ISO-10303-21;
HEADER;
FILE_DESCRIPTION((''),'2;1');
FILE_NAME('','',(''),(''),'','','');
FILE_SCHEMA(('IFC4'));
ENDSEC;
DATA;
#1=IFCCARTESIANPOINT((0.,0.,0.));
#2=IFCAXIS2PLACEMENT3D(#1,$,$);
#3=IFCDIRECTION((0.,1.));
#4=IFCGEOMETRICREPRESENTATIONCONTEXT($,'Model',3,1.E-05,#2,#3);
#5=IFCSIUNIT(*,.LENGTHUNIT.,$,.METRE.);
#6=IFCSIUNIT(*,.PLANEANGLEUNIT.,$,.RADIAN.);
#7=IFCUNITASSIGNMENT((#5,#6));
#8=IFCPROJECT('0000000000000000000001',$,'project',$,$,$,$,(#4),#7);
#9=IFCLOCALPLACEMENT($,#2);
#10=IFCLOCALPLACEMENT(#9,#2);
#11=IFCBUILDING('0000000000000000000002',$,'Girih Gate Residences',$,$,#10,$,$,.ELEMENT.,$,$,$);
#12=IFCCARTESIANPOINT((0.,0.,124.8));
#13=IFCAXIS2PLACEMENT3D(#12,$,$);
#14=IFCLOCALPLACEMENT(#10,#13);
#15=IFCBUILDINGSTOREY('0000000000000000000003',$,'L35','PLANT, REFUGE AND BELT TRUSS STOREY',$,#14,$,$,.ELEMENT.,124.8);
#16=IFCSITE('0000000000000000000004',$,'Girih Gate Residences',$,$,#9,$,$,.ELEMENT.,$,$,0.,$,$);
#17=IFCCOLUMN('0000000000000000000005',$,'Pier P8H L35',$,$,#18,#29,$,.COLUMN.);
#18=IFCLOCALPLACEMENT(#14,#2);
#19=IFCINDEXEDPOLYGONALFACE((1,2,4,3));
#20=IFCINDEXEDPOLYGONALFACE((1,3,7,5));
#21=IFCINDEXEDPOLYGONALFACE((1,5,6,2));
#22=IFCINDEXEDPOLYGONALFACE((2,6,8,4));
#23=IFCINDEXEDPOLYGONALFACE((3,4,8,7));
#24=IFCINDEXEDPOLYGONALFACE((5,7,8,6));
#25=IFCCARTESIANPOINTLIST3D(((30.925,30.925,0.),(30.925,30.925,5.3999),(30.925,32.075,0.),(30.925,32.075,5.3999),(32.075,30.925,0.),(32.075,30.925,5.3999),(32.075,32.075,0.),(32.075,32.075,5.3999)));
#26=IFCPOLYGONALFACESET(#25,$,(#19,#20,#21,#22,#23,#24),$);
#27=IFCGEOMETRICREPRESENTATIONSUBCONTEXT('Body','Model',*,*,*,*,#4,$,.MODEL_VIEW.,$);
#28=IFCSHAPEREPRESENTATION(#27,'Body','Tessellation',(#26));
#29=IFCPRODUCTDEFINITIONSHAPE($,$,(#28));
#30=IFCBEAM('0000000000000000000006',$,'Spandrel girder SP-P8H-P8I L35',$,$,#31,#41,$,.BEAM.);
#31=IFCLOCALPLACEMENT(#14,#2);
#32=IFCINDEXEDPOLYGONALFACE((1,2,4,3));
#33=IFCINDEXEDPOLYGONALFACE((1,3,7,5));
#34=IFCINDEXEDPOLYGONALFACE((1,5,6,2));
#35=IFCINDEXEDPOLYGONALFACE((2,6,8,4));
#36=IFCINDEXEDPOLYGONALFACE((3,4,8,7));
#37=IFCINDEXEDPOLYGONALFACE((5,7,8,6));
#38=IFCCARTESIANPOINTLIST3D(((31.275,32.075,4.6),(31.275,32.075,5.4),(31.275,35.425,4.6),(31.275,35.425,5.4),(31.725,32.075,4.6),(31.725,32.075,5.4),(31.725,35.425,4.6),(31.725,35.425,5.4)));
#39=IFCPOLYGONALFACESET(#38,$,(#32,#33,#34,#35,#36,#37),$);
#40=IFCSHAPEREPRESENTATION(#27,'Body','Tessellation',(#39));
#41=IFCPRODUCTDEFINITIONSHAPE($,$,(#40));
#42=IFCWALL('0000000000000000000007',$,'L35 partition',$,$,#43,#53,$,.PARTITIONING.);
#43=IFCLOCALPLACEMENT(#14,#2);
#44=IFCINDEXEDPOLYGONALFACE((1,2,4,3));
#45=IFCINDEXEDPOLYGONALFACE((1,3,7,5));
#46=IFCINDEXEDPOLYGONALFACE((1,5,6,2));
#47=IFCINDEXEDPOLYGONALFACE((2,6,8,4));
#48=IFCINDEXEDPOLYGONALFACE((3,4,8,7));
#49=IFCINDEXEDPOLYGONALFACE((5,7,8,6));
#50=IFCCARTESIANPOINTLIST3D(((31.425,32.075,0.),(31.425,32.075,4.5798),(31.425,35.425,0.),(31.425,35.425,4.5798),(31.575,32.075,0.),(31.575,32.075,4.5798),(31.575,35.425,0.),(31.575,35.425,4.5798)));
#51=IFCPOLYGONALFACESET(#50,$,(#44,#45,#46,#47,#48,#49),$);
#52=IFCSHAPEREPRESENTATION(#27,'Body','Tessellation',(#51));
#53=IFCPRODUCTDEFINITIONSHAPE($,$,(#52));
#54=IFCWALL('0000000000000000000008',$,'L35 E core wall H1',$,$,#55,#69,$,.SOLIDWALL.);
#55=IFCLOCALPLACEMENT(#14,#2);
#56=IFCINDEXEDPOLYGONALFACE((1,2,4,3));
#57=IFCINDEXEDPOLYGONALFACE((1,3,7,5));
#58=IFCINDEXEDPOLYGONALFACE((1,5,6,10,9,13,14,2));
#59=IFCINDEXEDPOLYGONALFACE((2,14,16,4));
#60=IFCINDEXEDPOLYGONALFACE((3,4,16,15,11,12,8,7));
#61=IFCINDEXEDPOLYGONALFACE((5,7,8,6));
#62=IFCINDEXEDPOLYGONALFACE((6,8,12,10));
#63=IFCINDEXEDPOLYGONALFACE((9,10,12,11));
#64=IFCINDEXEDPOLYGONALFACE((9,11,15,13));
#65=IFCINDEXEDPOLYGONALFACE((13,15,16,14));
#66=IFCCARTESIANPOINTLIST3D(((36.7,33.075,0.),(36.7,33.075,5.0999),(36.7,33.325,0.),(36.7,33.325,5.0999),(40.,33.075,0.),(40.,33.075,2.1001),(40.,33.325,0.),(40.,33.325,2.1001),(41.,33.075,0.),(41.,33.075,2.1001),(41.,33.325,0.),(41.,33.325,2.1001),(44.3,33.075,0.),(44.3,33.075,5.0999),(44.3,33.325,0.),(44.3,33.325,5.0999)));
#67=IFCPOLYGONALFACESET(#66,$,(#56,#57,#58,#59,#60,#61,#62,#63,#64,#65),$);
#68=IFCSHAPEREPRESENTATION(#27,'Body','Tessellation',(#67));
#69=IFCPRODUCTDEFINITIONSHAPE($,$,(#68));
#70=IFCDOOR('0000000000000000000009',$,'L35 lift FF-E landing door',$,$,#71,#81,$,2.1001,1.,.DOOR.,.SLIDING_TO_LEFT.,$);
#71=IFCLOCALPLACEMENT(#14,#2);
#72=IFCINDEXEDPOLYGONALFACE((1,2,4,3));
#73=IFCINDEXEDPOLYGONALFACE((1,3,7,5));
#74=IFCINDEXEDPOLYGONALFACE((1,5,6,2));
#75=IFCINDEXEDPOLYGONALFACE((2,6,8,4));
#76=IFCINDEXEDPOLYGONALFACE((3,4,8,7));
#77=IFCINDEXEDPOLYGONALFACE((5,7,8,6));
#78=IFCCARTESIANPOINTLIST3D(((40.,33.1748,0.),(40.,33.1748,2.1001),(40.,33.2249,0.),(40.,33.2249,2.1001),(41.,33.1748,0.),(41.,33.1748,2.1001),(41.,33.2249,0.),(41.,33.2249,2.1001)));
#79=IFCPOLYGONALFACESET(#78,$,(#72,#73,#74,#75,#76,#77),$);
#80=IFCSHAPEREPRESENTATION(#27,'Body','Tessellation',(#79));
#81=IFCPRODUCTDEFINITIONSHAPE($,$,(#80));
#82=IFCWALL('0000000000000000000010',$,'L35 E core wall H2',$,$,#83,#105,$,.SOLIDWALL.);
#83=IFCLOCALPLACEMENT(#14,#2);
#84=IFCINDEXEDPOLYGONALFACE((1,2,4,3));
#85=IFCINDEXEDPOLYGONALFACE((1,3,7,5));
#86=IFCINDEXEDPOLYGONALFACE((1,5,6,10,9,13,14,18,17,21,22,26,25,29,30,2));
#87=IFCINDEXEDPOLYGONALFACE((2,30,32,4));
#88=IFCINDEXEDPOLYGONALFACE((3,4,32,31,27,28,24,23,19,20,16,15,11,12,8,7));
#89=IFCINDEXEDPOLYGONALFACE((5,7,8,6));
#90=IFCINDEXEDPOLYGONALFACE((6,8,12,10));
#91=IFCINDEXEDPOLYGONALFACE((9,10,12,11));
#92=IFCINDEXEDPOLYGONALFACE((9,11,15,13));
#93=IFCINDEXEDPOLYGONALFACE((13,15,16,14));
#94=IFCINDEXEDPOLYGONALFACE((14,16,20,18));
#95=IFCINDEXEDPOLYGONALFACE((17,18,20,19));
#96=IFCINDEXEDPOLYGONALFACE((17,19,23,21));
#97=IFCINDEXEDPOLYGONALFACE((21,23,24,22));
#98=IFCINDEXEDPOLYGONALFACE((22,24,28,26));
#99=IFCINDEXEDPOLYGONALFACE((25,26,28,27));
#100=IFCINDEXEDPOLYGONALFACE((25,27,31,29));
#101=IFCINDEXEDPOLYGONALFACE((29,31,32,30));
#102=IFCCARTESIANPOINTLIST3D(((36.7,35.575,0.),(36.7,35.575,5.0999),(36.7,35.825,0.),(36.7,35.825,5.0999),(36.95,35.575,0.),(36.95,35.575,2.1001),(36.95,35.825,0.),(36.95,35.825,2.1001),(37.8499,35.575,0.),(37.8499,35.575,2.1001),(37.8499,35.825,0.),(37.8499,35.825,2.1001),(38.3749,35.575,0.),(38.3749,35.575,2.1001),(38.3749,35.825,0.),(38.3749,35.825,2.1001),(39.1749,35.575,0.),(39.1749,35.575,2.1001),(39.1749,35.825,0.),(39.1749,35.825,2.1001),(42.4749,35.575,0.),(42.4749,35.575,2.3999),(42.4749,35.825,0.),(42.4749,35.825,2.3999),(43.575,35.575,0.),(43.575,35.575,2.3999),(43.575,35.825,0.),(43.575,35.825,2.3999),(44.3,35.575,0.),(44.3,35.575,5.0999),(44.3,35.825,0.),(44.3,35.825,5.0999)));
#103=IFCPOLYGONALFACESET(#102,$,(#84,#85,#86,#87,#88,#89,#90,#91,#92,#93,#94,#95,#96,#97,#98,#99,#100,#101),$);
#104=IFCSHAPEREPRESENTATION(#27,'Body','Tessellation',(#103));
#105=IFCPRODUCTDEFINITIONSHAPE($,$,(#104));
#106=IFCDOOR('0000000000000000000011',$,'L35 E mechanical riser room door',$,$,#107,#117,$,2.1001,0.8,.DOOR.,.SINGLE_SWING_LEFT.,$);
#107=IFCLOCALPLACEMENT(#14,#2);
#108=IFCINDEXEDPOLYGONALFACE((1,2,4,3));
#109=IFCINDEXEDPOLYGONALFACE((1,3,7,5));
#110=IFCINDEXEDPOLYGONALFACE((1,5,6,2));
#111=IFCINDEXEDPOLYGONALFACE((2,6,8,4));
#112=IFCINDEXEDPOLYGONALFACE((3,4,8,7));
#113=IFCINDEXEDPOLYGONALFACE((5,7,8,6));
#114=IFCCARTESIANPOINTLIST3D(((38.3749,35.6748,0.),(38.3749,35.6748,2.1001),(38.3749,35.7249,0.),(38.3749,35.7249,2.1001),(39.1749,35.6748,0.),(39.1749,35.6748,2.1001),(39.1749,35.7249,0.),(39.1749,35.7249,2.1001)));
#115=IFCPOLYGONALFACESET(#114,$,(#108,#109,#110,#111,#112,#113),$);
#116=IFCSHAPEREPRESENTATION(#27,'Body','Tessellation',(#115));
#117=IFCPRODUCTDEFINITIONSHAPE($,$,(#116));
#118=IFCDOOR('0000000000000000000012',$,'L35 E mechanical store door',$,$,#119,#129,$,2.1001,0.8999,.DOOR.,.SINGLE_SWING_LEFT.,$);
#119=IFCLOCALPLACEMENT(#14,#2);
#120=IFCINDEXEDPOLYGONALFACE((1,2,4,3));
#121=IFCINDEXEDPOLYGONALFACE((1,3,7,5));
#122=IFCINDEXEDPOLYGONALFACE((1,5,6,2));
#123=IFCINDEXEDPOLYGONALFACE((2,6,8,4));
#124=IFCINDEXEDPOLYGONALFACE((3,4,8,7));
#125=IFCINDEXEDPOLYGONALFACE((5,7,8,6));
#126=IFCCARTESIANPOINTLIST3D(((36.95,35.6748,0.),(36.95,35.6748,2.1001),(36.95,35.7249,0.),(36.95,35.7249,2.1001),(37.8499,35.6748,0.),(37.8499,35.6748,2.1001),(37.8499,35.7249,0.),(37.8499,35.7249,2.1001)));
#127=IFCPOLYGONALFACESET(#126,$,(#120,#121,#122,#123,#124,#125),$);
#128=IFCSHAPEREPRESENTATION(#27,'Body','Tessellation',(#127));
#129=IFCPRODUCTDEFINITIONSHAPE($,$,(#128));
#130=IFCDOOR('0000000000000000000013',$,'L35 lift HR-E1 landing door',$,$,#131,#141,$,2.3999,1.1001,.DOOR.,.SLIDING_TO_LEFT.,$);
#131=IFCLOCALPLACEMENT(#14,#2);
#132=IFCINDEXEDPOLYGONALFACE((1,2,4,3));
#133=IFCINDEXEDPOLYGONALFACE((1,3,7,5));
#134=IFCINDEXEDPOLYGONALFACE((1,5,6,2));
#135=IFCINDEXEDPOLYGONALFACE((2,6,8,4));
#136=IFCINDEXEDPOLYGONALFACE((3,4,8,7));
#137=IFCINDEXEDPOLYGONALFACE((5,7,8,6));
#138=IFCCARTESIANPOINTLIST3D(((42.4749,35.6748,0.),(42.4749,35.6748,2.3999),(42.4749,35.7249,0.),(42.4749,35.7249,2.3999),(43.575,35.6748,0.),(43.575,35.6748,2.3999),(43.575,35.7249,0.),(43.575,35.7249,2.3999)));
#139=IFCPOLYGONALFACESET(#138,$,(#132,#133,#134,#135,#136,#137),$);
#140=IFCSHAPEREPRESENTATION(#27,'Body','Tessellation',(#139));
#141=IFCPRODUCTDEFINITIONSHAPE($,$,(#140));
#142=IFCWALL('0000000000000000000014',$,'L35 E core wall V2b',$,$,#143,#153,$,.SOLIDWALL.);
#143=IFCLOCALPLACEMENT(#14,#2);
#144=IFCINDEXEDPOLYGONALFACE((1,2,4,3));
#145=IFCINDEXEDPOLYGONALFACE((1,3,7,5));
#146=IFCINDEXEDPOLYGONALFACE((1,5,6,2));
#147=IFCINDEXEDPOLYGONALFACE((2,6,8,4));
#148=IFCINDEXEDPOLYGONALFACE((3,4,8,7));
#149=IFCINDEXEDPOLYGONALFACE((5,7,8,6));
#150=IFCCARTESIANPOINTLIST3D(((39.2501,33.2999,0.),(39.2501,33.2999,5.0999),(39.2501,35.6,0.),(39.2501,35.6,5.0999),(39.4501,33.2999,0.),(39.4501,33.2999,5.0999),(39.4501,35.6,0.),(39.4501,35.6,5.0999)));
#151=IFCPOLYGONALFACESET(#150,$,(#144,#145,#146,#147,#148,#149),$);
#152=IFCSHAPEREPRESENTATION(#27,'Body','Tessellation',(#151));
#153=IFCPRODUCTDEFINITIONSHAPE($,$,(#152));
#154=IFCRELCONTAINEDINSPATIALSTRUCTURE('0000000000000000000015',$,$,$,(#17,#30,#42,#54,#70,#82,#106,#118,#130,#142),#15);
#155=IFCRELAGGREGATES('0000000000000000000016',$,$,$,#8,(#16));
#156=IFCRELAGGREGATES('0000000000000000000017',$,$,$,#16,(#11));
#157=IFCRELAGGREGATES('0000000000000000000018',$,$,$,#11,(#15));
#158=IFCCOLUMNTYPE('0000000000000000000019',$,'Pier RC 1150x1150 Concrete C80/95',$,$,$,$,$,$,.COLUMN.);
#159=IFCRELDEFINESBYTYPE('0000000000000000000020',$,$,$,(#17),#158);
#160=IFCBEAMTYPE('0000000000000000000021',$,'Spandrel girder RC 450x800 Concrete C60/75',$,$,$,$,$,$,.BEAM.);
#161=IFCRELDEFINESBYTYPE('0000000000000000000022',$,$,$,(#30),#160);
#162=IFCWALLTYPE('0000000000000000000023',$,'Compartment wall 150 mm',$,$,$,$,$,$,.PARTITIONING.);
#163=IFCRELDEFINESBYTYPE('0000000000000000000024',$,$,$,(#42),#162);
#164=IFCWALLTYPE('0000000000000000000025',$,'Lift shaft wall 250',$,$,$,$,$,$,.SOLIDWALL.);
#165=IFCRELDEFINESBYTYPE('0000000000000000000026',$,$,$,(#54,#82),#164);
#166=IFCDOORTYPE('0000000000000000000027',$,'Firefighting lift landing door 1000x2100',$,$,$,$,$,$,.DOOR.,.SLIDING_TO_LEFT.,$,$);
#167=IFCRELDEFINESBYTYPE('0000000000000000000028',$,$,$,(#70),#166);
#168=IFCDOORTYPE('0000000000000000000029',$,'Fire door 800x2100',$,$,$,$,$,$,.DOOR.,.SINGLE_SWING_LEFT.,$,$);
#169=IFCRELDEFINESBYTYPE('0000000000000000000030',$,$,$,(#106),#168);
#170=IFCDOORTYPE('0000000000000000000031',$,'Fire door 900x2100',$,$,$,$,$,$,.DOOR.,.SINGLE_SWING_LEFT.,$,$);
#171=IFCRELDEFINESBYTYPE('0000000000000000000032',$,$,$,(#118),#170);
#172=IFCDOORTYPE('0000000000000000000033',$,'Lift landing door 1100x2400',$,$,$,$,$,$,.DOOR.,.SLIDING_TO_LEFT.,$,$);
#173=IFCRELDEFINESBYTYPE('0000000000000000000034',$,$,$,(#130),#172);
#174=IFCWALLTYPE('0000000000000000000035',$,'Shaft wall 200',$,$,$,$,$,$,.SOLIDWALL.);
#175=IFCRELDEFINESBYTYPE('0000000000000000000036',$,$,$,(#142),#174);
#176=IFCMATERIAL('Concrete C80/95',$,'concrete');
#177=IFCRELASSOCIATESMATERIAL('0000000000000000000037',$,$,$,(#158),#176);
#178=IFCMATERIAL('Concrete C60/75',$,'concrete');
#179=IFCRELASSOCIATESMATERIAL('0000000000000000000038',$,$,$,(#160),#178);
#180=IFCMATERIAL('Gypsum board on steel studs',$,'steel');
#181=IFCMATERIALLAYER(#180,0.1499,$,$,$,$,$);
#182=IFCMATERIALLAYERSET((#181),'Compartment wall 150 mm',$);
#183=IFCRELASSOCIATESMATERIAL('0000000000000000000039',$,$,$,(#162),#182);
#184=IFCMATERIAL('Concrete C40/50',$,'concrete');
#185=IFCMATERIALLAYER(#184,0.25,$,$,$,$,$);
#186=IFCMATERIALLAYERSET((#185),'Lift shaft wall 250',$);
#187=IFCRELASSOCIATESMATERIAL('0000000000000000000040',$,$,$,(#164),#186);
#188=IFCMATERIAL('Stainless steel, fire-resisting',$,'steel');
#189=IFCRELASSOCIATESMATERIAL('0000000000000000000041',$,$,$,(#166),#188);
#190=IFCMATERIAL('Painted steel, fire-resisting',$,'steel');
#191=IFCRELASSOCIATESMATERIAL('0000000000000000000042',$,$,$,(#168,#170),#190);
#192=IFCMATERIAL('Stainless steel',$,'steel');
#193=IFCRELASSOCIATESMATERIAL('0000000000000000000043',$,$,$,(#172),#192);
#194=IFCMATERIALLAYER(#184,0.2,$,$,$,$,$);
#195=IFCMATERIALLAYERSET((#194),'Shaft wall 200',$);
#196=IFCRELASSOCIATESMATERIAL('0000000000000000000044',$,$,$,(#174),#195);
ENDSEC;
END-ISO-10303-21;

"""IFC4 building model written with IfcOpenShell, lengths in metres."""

from ifc_helpers import new_model, si_unit, direction, frame, frame_2d, origin, origin_2d, place, context, subcontext, project, spatial, rectangle, extrude, material, layer, layer_set, material_profile, profile_set, type_object, element, fill, save


model = new_model("IFC4")

# Units and contexts
model_context = context("Model", 3, precision=1e-05, world=origin(), true_north=direction((0.0, 1.0)))
body_context = subcontext(model_context, "Body", "Model", "MODEL_VIEW")
ifc_project = project(units=[si_unit("LENGTHUNIT", "METRE"), si_unit("PLANEANGLEUNIT", "RADIAN")], contexts=[model_context])

# Site, building, storey
site_placement = place(None, origin())
site = spatial("IfcSite", under=ifc_project, at=site_placement, Name="Girih Gate Residences", CompositionType="ELEMENT", RefElevation=0.0)
building_placement = place(site_placement, origin())
building = spatial("IfcBuilding", under=site, at=building_placement, Name="Girih Gate Residences", CompositionType="ELEMENT")
storey_placement = place(building_placement, frame((0.0, 0.0, 124.8)))
storey = spatial("IfcBuildingStorey", under=building, at=storey_placement, Name="L35", Description="PLANT, REFUGE AND BELT TRUSS STOREY", CompositionType="ELEMENT", Elevation=124.8)

# Column
ifc_material_1 = material(Name="Concrete C80/95", Category="concrete")
ifc_material_profile_1 = material_profile(ifc_material_1, rectangle(XDim=1.1499, YDim=1.1499, at=origin_2d()))
ifc_profile_set_1 = profile_set([ifc_material_profile_1], Name="Concrete C80/95")
column_type = type_object("IfcColumnType", Name="Pier RC 1150x1150 Concrete C80/95", PredefinedType="COLUMN", material=ifc_profile_set_1)
column_placement = place(storey_placement, frame((31.5, 31.5, 0.0), z_axis=(0.0, 0.0, 1.0), x_axis=(1.0, 0.0, 0.0)))
element("IfcColumn", 1, at=column_placement, inside=storey, type_object=column_type, Name="Pier P8H L35", PredefinedType="COLUMN", context=body_context, shape_type="SweptSolid", body=[
    extrude(rectangle(XDim=1.1499, YDim=1.1499, at=origin_2d()), origin(), (0.0, 0.0, 1.0), 5.3999),
])

# Beam
ifc_material_2 = material(Name="Concrete C60/75", Category="concrete")
ifc_material_profile_2 = material_profile(ifc_material_2, rectangle(XDim=0.45, YDim=0.8, at=origin_2d()))
ifc_profile_set_2 = profile_set([ifc_material_profile_2], Name="Concrete C60/75")
beam_type = type_object("IfcBeamType", Name="Spandrel girder RC 450x800 Concrete C60/75", PredefinedType="BEAM", material=ifc_profile_set_2)
beam_placement = place(storey_placement, frame((31.5, 32.075, 5.0), z_axis=(0.0, 1.0, 0.0), x_axis=(-1.0, 0.0, 0.0)))
element("IfcBeam", 2, at=beam_placement, inside=storey, type_object=beam_type, Name="Spandrel girder SP-P8H-P8I L35", PredefinedType="BEAM", context=body_context, shape_type="SweptSolid", body=[
    extrude(rectangle(XDim=0.45, YDim=0.8, at=origin_2d()), origin(), (0.0, 0.0, 1.0), 3.3501),
])

# Wall
ifc_material_3 = material(Name="Gypsum board on steel studs", Category="steel")
ifc_layer_1 = layer(ifc_material_3, 0.1499)
ifc_layer_set_1 = layer_set([ifc_layer_1], Name="Compartment wall 150 mm")
wall_type_1 = type_object("IfcWallType", Name="Compartment wall 150 mm", PredefinedType="PARTITIONING", material=ifc_layer_set_1)
wall_1_placement = place(storey_placement, frame((31.5, 32.075, 0.0), z_axis=(0.0, 0.0, 1.0), x_axis=(0.0, 1.0, 0.0)))
element("IfcWall", 3, at=wall_1_placement, inside=storey, type_object=wall_type_1, Name="L35 partition", PredefinedType="PARTITIONING", context=body_context, shape_type="SweptSolid", body=[
    extrude(rectangle(XDim=3.3501, YDim=0.1499, at=frame_2d((1.675, 0.0))), origin(), (0.0, 0.0, 1.0), 4.5798),
])

# Wall, opening, door
ifc_material_4 = material(Name="Concrete C40/50", Category="concrete")
ifc_layer_2 = layer(ifc_material_4, 0.25)
ifc_layer_set_2 = layer_set([ifc_layer_2], Name="Lift shaft wall 250")
wall_type_2 = type_object("IfcWallType", Name="Lift shaft wall 250", PredefinedType="SOLIDWALL", material=ifc_layer_set_2)
wall_2_placement = place(storey_placement, frame((36.7, 33.2, 0.0), z_axis=(0.0, 0.0, 1.0), x_axis=(1.0, 0.0, 0.0)))
wall_2 = element("IfcWall", 4, at=wall_2_placement, inside=storey, type_object=wall_type_2, Name="L35 E core wall H1", PredefinedType="SOLIDWALL", context=body_context, shape_type="SweptSolid", body=[
    extrude(rectangle(XDim=7.6001, YDim=0.25, at=frame_2d((3.8, 0.0))), origin(), (0.0, 0.0, 1.0), 5.0999),
])
opening_1_placement = place(wall_2_placement, frame((3.3, 0.0, 0.0)))
opening_1 = element("IfcOpeningElement", 5, at=opening_1_placement, cuts=wall_2, PredefinedType="OPENING", context=body_context, shape_type="SweptSolid", body=[
    extrude(rectangle(XDim=1.0, YDim=2.1001, at=frame_2d((0.5, 1.05))), frame((0.0, 0.135, 0.0), z_axis=(0.0, -1.0, 0.0), x_axis=(1.0, 0.0, 0.0)), (0.0, 0.0, 1.0), 0.27),
])
ifc_material_5 = material(Name="Stainless steel, fire-resisting", Category="steel")
door_type_1 = type_object("IfcDoorType", Name="Firefighting lift landing door 1000x2100", OperationType="SLIDING_TO_LEFT", PredefinedType="DOOR", material=ifc_material_5)
door_1_placement = place(opening_1_placement, origin())
door_1 = element("IfcDoor", 6, at=door_1_placement, inside=storey, type_object=door_type_1, Name="L35 lift FF-E landing door", OperationType="SLIDING_TO_LEFT", OverallHeight=2.1001, OverallWidth=1.0, PredefinedType="DOOR", context=body_context, shape_type="SweptSolid", body=[
    extrude(rectangle(XDim=1.0, YDim=2.1001, at=frame_2d((0.5, 1.05))), frame((0.0, 0.0249, 0.0), z_axis=(0.0, -1.0, 0.0), x_axis=(1.0, 0.0, 0.0)), (0.0, 0.0, 1.0), 0.05),
])
fill(opening_1, door_1)

# Wall, openings, doors
wall_3_placement = place(storey_placement, frame((36.7, 35.7, 0.0), z_axis=(0.0, 0.0, 1.0), x_axis=(1.0, 0.0, 0.0)))
wall_3 = element("IfcWall", 7, at=wall_3_placement, inside=storey, type_object=wall_type_2, Name="L35 E core wall H2", PredefinedType="SOLIDWALL", context=body_context, shape_type="SweptSolid", body=[
    extrude(rectangle(XDim=7.6001, YDim=0.25, at=frame_2d((3.8, 0.0))), origin(), (0.0, 0.0, 1.0), 5.0999),
])
opening_2_placement = place(wall_3_placement, frame((5.7749, 0.0, 0.0)))
opening_2 = element("IfcOpeningElement", 8, at=opening_2_placement, cuts=wall_3, PredefinedType="OPENING", context=body_context, shape_type="SweptSolid", body=[
    extrude(rectangle(XDim=1.1001, YDim=2.3999, at=frame_2d((0.55, 1.2))), frame((0.0, 0.135, 0.0), z_axis=(0.0, -1.0, 0.0), x_axis=(1.0, 0.0, 0.0)), (0.0, 0.0, 1.0), 0.27),
])
opening_3_placement = place(wall_3_placement, frame((1.675, 0.0, 0.0)))
opening_3 = element("IfcOpeningElement", 9, at=opening_3_placement, cuts=wall_3, PredefinedType="OPENING", context=body_context, shape_type="SweptSolid", body=[
    extrude(rectangle(XDim=0.8, YDim=2.1001, at=frame_2d((0.3999, 1.05))), frame((0.0, 0.135, 0.0), z_axis=(0.0, -1.0, 0.0), x_axis=(1.0, 0.0, 0.0)), (0.0, 0.0, 1.0), 0.27),
])
opening_4_placement = place(wall_3_placement, frame((0.25, 0.0, 0.0)))
opening_4 = element("IfcOpeningElement", 10, at=opening_4_placement, cuts=wall_3, PredefinedType="OPENING", context=body_context, shape_type="SweptSolid", body=[
    extrude(rectangle(XDim=0.8999, YDim=2.1001, at=frame_2d((0.45, 1.05))), frame((0.0, 0.135, 0.0), z_axis=(0.0, -1.0, 0.0), x_axis=(1.0, 0.0, 0.0)), (0.0, 0.0, 1.0), 0.27),
])
ifc_material_6 = material(Name="Painted steel, fire-resisting", Category="steel")
door_type_2 = type_object("IfcDoorType", Name="Fire door 800x2100", OperationType="SINGLE_SWING_LEFT", PredefinedType="DOOR", material=ifc_material_6)
door_2_placement = place(opening_3_placement, origin())
door_2 = element("IfcDoor", 11, at=door_2_placement, inside=storey, type_object=door_type_2, Name="L35 E mechanical riser room door", OperationType="SINGLE_SWING_LEFT", OverallHeight=2.1001, OverallWidth=0.8, PredefinedType="DOOR", context=body_context, shape_type="SweptSolid", body=[
    extrude(rectangle(XDim=0.8, YDim=2.1001, at=frame_2d((0.3999, 1.05))), frame((0.0, 0.0249, 0.0), z_axis=(0.0, -1.0, 0.0), x_axis=(1.0, 0.0, 0.0)), (0.0, 0.0, 1.0), 0.05),
])
fill(opening_3, door_2)
door_type_3 = type_object("IfcDoorType", Name="Fire door 900x2100", OperationType="SINGLE_SWING_LEFT", PredefinedType="DOOR", material=ifc_material_6)
door_3_placement = place(opening_4_placement, origin())
door_3 = element("IfcDoor", 12, at=door_3_placement, inside=storey, type_object=door_type_3, Name="L35 E mechanical store door", OperationType="SINGLE_SWING_LEFT", OverallHeight=2.1001, OverallWidth=0.8999, PredefinedType="DOOR", context=body_context, shape_type="SweptSolid", body=[
    extrude(rectangle(XDim=0.8999, YDim=2.1001, at=frame_2d((0.45, 1.05))), frame((0.0, 0.0249, 0.0), z_axis=(0.0, -1.0, 0.0), x_axis=(1.0, 0.0, 0.0)), (0.0, 0.0, 1.0), 0.05),
])
fill(opening_4, door_3)
ifc_material_7 = material(Name="Stainless steel", Category="steel")
door_type_4 = type_object("IfcDoorType", Name="Lift landing door 1100x2400", OperationType="SLIDING_TO_LEFT", PredefinedType="DOOR", material=ifc_material_7)
door_4_placement = place(opening_2_placement, origin())
door_4 = element("IfcDoor", 13, at=door_4_placement, inside=storey, type_object=door_type_4, Name="L35 lift HR-E1 landing door", OperationType="SLIDING_TO_LEFT", OverallHeight=2.3999, OverallWidth=1.1001, PredefinedType="DOOR", context=body_context, shape_type="SweptSolid", body=[
    extrude(rectangle(XDim=1.1001, YDim=2.3999, at=frame_2d((0.55, 1.2))), frame((0.0, 0.0249, 0.0), z_axis=(0.0, -1.0, 0.0), x_axis=(1.0, 0.0, 0.0)), (0.0, 0.0, 1.0), 0.05),
])
fill(opening_2, door_4)

# Wall
ifc_layer_3 = layer(ifc_material_4, 0.2)
ifc_layer_set_3 = layer_set([ifc_layer_3], Name="Shaft wall 200")
wall_type_3 = type_object("IfcWallType", Name="Shaft wall 200", PredefinedType="SOLIDWALL", material=ifc_layer_set_3)
wall_4_placement = place(storey_placement, frame((39.3501, 33.3, 0.0), z_axis=(0.0, 0.0, 1.0), x_axis=(0.0, 1.0, 0.0)))
element("IfcWall", 14, at=wall_4_placement, inside=storey, type_object=wall_type_3, Name="L35 E core wall V2b", PredefinedType="SOLIDWALL", context=body_context, shape_type="SweptSolid", body=[
    extrude(rectangle(XDim=2.3, YDim=0.2, at=frame_2d((1.1499, 0.0))), origin(), (0.0, 0.0, 1.0), 5.0999),
])

save(model, "model.ifc")
